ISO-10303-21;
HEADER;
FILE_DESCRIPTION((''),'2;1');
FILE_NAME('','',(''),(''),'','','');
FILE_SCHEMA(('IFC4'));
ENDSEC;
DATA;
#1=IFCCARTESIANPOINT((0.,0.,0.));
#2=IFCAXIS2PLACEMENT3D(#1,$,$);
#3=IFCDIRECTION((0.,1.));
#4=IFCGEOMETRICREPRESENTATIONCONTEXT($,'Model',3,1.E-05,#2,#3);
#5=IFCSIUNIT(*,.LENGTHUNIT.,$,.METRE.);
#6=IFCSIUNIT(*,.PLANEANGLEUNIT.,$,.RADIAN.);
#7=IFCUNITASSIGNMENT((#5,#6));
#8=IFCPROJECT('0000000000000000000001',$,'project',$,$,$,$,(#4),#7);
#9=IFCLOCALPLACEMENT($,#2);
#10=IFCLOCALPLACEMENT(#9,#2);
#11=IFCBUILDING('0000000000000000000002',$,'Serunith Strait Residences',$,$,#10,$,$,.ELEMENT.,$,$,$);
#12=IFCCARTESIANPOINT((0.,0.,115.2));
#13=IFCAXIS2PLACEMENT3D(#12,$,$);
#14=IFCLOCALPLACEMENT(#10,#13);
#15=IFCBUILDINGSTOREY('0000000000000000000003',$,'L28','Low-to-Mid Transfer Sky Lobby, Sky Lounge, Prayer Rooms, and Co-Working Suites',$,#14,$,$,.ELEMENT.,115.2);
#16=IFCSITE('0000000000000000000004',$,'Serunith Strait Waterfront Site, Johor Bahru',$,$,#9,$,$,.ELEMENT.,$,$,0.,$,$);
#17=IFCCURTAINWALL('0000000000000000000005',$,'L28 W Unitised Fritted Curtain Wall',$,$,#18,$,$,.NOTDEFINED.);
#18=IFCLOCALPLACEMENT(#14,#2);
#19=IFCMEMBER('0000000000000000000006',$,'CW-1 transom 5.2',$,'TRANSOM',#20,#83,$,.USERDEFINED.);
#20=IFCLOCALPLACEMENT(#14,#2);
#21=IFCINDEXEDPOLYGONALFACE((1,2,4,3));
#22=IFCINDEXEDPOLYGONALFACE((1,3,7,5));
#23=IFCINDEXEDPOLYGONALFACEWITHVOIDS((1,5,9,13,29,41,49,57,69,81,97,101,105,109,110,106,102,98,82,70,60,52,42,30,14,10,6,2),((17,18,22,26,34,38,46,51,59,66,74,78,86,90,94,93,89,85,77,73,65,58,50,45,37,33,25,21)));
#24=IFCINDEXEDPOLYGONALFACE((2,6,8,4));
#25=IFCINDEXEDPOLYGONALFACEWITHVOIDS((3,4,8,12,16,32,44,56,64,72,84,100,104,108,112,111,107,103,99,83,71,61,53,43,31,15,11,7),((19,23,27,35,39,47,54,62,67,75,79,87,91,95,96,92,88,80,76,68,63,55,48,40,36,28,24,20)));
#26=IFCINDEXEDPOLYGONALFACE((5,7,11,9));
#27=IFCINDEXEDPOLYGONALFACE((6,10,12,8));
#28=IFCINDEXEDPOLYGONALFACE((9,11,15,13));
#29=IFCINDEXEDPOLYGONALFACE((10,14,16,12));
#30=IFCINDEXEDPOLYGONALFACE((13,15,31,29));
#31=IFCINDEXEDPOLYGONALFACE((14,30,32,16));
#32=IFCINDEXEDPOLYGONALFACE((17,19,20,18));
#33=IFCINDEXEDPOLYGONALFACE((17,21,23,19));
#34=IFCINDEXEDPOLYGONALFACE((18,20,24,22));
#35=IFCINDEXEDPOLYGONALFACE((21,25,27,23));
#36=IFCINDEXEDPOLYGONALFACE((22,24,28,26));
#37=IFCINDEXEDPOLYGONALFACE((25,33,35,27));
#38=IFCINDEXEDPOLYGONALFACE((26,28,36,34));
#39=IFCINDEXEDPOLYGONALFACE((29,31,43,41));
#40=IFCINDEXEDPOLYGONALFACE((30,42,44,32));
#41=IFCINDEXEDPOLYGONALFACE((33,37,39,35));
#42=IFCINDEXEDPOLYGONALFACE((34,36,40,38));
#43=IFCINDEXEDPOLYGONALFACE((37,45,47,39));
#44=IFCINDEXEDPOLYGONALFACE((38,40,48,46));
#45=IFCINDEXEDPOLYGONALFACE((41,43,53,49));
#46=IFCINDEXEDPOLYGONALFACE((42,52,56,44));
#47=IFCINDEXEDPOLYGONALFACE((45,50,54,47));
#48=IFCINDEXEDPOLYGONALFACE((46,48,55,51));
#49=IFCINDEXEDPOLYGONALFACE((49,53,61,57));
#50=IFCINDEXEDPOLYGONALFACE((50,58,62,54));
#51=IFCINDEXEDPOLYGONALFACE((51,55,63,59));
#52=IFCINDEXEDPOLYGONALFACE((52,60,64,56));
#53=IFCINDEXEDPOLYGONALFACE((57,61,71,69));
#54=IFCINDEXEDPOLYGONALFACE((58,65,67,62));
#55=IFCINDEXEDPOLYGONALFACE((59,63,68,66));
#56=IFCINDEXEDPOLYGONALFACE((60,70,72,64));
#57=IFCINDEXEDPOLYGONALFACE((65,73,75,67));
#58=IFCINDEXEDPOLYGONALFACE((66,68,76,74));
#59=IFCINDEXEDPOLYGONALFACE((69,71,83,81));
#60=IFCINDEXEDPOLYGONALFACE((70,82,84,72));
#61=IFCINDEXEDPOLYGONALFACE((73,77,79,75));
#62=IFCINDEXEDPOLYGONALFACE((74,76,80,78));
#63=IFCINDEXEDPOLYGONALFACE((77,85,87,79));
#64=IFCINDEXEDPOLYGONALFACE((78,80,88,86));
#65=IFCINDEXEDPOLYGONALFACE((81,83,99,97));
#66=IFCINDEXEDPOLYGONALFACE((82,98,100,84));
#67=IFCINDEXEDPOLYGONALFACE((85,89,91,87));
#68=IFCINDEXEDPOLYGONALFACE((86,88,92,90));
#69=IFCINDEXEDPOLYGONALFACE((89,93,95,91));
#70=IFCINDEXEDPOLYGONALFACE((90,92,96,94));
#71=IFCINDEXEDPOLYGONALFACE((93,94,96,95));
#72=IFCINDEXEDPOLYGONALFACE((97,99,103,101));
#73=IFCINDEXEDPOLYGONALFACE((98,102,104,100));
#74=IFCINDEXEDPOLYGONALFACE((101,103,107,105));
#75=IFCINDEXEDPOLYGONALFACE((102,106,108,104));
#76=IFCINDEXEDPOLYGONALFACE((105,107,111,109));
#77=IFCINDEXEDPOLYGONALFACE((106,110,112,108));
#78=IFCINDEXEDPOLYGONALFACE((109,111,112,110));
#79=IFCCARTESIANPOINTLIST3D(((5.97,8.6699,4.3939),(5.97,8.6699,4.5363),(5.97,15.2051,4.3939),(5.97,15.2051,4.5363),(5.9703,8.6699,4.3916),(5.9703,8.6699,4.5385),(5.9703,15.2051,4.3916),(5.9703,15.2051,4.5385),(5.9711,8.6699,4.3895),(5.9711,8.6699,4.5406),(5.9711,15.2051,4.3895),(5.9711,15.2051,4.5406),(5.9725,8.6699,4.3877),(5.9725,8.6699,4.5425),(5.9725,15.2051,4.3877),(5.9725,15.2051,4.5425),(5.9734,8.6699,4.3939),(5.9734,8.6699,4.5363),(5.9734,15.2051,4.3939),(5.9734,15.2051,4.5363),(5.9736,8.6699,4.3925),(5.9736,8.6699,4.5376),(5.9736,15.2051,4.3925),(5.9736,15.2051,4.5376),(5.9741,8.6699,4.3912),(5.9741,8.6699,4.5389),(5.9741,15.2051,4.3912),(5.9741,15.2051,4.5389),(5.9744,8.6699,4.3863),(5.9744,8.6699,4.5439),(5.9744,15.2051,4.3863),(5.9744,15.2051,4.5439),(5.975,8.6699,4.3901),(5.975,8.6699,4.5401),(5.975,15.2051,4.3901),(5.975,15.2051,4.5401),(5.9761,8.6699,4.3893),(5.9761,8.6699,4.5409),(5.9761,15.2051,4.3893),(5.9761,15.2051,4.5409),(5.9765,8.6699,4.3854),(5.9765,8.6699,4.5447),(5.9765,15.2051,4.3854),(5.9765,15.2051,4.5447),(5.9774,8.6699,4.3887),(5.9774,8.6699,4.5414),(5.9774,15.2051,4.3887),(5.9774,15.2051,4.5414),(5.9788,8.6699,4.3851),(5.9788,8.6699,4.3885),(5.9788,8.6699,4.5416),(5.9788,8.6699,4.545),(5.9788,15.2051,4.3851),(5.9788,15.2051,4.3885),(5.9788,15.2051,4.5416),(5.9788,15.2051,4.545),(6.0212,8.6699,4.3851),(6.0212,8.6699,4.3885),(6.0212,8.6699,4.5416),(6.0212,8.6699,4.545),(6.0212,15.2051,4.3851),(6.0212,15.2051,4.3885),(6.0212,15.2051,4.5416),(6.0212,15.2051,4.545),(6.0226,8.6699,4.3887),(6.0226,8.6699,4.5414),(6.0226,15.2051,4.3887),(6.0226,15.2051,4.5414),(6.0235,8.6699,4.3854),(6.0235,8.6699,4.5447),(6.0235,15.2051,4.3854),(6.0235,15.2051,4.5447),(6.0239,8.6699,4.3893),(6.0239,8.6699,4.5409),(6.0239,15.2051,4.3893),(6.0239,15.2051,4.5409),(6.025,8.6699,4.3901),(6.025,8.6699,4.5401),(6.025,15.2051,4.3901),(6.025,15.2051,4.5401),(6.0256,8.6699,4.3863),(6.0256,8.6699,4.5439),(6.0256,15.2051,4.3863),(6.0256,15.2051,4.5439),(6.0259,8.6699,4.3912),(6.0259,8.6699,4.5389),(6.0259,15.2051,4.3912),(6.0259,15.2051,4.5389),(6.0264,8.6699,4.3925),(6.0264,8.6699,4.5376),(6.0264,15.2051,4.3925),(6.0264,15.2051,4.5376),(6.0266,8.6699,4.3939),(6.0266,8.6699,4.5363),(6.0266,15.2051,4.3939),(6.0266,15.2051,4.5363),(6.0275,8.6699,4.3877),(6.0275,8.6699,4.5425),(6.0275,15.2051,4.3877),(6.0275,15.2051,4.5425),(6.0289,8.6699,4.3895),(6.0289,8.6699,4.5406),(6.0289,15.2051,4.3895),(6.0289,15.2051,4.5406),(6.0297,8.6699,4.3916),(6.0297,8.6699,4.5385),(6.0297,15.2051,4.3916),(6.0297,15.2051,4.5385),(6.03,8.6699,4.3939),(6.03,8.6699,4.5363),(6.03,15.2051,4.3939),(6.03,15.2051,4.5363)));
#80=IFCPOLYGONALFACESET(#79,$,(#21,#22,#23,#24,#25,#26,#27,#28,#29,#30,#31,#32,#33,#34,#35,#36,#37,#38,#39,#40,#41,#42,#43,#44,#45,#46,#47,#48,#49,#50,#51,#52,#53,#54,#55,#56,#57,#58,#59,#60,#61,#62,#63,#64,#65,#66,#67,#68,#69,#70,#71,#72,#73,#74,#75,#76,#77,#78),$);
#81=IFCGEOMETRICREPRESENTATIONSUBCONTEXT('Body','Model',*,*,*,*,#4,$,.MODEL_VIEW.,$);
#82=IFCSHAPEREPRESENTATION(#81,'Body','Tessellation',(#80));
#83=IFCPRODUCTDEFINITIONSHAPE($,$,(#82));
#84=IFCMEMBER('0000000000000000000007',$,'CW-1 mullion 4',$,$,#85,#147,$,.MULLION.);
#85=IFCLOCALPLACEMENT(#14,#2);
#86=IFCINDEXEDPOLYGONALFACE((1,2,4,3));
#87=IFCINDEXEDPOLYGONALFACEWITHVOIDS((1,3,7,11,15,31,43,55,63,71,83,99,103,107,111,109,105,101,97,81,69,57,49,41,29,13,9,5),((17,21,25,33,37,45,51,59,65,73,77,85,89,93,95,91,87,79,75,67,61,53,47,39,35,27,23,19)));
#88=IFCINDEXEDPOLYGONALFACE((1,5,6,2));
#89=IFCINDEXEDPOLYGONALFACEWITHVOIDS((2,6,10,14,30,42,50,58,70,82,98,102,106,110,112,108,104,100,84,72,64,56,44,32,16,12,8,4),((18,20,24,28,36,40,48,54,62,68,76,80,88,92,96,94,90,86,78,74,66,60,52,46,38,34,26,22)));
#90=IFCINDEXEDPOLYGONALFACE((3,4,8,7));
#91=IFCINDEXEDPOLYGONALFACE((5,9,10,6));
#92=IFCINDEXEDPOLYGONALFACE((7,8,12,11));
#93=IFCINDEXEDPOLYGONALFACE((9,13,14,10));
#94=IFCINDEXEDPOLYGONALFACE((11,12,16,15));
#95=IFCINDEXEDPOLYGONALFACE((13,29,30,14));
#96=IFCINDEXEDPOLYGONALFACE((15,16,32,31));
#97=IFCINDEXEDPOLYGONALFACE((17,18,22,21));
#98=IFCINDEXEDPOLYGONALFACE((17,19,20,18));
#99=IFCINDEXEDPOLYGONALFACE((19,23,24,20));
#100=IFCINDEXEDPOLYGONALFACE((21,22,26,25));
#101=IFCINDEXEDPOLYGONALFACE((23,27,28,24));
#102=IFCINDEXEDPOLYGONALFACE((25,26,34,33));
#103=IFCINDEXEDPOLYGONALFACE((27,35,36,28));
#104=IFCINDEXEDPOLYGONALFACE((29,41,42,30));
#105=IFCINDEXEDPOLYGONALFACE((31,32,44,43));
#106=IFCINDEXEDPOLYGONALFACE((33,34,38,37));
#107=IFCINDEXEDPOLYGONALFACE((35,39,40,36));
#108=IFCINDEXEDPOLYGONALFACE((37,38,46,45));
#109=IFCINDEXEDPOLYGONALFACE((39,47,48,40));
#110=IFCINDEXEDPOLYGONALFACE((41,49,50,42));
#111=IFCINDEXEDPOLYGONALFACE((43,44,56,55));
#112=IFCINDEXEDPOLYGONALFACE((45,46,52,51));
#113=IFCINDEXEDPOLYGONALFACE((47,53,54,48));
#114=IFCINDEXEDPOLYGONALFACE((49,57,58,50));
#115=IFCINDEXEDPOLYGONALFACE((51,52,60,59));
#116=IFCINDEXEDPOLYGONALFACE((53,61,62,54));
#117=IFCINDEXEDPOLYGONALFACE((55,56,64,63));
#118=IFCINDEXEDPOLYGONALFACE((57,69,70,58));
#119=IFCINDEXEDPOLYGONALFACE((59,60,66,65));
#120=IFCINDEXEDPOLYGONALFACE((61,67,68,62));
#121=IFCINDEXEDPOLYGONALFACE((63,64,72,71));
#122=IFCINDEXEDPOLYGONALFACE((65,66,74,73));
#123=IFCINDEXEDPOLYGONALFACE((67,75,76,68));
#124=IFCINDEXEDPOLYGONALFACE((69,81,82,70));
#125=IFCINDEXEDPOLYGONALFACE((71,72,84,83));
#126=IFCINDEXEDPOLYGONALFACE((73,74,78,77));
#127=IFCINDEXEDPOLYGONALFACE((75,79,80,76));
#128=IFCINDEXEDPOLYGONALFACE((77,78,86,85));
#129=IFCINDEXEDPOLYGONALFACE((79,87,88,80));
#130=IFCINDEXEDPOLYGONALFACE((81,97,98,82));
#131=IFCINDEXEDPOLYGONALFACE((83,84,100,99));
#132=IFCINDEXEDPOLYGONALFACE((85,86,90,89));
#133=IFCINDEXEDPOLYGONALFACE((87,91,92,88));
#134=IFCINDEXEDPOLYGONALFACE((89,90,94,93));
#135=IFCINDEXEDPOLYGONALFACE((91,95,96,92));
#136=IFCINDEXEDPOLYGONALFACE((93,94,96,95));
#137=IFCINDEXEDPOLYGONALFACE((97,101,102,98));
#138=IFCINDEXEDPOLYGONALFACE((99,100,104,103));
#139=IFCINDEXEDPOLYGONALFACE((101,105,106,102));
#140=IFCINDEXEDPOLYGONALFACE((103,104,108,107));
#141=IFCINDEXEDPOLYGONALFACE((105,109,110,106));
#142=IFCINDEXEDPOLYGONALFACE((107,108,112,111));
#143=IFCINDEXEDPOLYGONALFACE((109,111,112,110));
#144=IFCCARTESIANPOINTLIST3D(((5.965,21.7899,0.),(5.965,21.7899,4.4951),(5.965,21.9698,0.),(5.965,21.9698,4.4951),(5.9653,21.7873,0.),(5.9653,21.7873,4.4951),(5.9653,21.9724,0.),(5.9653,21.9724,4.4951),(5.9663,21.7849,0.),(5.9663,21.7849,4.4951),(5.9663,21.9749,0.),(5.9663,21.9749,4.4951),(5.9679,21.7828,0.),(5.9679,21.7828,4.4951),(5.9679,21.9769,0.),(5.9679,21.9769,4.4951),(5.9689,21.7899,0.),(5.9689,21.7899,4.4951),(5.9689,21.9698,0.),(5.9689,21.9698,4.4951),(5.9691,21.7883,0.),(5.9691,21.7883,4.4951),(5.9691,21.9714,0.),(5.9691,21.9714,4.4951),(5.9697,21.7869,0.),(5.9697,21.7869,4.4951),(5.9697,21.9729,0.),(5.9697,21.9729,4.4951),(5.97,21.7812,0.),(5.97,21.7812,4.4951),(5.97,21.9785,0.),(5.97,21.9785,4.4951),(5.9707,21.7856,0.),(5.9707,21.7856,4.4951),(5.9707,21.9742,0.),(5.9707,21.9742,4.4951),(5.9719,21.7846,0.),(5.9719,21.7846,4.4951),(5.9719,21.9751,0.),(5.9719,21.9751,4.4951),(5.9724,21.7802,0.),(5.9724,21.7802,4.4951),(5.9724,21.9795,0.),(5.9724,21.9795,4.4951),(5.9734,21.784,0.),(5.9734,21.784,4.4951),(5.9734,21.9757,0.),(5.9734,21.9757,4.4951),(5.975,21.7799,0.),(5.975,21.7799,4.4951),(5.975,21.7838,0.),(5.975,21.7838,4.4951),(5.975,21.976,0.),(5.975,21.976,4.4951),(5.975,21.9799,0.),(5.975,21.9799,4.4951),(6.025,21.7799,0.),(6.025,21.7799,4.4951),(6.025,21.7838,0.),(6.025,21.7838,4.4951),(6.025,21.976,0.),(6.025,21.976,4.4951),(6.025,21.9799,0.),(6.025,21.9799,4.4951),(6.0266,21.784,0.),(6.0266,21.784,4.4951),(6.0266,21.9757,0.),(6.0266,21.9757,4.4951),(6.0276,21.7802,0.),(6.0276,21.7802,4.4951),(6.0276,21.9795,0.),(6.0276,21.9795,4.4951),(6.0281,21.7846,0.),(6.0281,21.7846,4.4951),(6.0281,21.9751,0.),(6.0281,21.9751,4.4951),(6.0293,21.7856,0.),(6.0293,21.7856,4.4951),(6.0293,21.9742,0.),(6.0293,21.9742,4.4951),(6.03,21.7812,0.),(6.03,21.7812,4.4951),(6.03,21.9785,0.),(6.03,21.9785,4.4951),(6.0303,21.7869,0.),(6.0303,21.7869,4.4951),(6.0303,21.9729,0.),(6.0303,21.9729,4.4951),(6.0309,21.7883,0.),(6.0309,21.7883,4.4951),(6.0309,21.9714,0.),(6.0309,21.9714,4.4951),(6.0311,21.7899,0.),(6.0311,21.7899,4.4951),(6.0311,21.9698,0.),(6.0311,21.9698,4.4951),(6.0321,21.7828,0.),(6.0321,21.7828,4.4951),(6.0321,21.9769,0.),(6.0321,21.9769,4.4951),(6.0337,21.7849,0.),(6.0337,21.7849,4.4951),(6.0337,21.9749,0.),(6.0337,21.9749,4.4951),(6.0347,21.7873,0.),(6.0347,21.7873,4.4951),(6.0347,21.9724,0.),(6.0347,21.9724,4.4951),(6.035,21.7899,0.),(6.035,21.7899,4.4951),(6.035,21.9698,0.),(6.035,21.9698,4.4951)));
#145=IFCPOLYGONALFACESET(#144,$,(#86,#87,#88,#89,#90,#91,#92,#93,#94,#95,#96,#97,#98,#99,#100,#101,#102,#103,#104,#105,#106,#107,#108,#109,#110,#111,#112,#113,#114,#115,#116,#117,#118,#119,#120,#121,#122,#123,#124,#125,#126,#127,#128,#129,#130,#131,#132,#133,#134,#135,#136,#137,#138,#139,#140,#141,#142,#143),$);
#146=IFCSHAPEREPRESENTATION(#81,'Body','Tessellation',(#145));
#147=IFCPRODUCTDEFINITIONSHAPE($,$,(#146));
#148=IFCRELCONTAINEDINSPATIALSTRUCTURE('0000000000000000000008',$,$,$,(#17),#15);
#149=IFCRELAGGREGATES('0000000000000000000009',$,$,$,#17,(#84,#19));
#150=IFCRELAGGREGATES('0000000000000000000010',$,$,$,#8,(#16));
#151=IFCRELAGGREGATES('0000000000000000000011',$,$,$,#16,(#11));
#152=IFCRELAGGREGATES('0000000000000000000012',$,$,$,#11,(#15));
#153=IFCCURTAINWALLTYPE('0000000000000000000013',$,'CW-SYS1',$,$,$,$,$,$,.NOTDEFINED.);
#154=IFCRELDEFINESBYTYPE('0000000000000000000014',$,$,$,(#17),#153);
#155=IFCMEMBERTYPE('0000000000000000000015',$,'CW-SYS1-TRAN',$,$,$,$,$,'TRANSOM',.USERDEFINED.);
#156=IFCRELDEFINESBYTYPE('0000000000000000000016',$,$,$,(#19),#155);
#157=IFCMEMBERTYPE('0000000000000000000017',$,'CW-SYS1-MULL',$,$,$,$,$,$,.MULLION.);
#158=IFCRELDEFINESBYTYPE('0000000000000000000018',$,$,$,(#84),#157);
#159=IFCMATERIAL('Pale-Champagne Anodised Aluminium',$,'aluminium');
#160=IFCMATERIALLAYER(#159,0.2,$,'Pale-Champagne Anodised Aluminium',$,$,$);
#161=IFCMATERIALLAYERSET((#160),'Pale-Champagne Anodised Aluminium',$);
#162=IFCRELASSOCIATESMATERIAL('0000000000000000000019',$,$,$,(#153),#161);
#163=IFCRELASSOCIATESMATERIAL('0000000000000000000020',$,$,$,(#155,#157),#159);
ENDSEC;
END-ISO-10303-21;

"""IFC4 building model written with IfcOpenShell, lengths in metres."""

from ifc_helpers import new_model, si_unit, direction, frame, origin, origin_2d, place, context, subcontext, project, spatial, hollow_rectangle, extrude, source, transform, mapped, material, layer, layer_set, material_profile, profile_set, type_object, element, aggregate, save


model = new_model("IFC4")

# Units and contexts
model_context = context("Model", 3, precision=1e-05, world=origin(), true_north=direction((0.0, 1.0)))
body_context = subcontext(model_context, "Body", "Model", "MODEL_VIEW")
ifc_project = project(units=[si_unit("LENGTHUNIT", "METRE"), si_unit("PLANEANGLEUNIT", "RADIAN")], contexts=[model_context])

# Site, building, storey
site_placement = place(None, origin())
site = spatial("IfcSite", under=ifc_project, at=site_placement, Name="Serunith Strait Waterfront Site, Johor Bahru", CompositionType="ELEMENT", RefElevation=0.0)
building_placement = place(site_placement, origin())
building = spatial("IfcBuilding", under=site, at=building_placement, Name="Serunith Strait Residences", CompositionType="ELEMENT")
storey_placement = place(building_placement, frame((0.0, 0.0, 115.2)))
storey = spatial("IfcBuildingStorey", under=building, at=storey_placement, Name="L28", Description="Low-to-Mid Transfer Sky Lobby, Sky Lounge, Prayer Rooms, and Co-Working Suites", CompositionType="ELEMENT", Elevation=115.2)

# Curtain wall, members
ifc_material_1 = material(Name="Pale-Champagne Anodised Aluminium", Category="aluminium")
ifc_layer_1 = layer(ifc_material_1, 0.2, Name="Pale-Champagne Anodised Aluminium")
ifc_layer_set_1 = layer_set([ifc_layer_1], Name="Pale-Champagne Anodised Aluminium")
curtain_wall_type = type_object("IfcCurtainWallType", Name="CW-SYS1", PredefinedType="NOTDEFINED", material=ifc_layer_set_1)
curtain_wall_placement = place(storey_placement, origin())
curtain_wall = element("IfcCurtainWall", 1, at=curtain_wall_placement, inside=storey, type_object=curtain_wall_type, Name="L28 W Unitised Fritted Curtain Wall", PredefinedType="NOTDEFINED")
ifc_material_profile_1 = material_profile(ifc_material_1, hollow_rectangle(XDim=0.0601, YDim=0.1599, WallThickness=0.0034, InnerFilletRadius=0.0054, OuterFilletRadius=0.0088, at=origin_2d()), Name="ALU 160x60x3.5")
ifc_profile_set_1 = profile_set([ifc_material_profile_1], Name="Pale-Champagne Anodised Aluminium")
member_type_1 = type_object("IfcMemberType", Name="CW-SYS1-TRAN", ElementType="TRANSOM", PredefinedType="USERDEFINED", material=ifc_profile_set_1)
shared_shape_1 = source(origin(), body_context, "Body", "SweptSolid", [
    extrude(hollow_rectangle(XDim=0.0601, YDim=0.1599, WallThickness=0.0034, InnerFilletRadius=0.0054, OuterFilletRadius=0.0088, at=origin_2d()), origin(), (0.0, 0.0, 1.0), 6.5352),
])
member_1_placement = place(storey_placement, frame((6.0, 15.2051, 4.4651), z_axis=(0.0, -1.0, 0.0), x_axis=(1.0, 0.0, 0.0)))
member_1 = element("IfcMember", 2, at=member_1_placement, type_object=member_type_1, Name="CW-1 transom 5.2", ObjectType="TRANSOM", PredefinedType="USERDEFINED", context=body_context, shape_type="MappedRepresentation", body=[
    mapped(shared_shape_1, transform((0.0, 0.0, 0.0), scale=1.0)),
])
ifc_material_profile_2 = material_profile(ifc_material_1, hollow_rectangle(XDim=0.0701, YDim=0.2, WallThickness=0.0039, InnerFilletRadius=0.0061, OuterFilletRadius=0.01, at=origin_2d()), Name="ALU 200x70x4")
ifc_profile_set_2 = profile_set([ifc_material_profile_2], Name="Pale-Champagne Anodised Aluminium")
member_type_2 = type_object("IfcMemberType", Name="CW-SYS1-MULL", PredefinedType="MULLION", material=ifc_profile_set_2)
shared_shape_2 = source(origin(), body_context, "Body", "SweptSolid", [
    extrude(hollow_rectangle(XDim=0.0701, YDim=0.2, WallThickness=0.0039, InnerFilletRadius=0.0061, OuterFilletRadius=0.01, at=origin_2d()), origin(), (0.0, 0.0, 1.0), 4.4951),
])
member_2_placement = place(storey_placement, frame((6.0, 21.8799, 0.0), z_axis=(0.0, 0.0, 1.0), x_axis=(1.0, 0.0, 0.0)))
member_2 = element("IfcMember", 3, at=member_2_placement, type_object=member_type_2, Name="CW-1 mullion 4", PredefinedType="MULLION", context=body_context, shape_type="MappedRepresentation", body=[
    mapped(shared_shape_2, transform((0.0, 0.0, 0.0), scale=1.0)),
])
aggregate(curtain_wall, [member_2, member_1])

save(model, "model.ifc")
